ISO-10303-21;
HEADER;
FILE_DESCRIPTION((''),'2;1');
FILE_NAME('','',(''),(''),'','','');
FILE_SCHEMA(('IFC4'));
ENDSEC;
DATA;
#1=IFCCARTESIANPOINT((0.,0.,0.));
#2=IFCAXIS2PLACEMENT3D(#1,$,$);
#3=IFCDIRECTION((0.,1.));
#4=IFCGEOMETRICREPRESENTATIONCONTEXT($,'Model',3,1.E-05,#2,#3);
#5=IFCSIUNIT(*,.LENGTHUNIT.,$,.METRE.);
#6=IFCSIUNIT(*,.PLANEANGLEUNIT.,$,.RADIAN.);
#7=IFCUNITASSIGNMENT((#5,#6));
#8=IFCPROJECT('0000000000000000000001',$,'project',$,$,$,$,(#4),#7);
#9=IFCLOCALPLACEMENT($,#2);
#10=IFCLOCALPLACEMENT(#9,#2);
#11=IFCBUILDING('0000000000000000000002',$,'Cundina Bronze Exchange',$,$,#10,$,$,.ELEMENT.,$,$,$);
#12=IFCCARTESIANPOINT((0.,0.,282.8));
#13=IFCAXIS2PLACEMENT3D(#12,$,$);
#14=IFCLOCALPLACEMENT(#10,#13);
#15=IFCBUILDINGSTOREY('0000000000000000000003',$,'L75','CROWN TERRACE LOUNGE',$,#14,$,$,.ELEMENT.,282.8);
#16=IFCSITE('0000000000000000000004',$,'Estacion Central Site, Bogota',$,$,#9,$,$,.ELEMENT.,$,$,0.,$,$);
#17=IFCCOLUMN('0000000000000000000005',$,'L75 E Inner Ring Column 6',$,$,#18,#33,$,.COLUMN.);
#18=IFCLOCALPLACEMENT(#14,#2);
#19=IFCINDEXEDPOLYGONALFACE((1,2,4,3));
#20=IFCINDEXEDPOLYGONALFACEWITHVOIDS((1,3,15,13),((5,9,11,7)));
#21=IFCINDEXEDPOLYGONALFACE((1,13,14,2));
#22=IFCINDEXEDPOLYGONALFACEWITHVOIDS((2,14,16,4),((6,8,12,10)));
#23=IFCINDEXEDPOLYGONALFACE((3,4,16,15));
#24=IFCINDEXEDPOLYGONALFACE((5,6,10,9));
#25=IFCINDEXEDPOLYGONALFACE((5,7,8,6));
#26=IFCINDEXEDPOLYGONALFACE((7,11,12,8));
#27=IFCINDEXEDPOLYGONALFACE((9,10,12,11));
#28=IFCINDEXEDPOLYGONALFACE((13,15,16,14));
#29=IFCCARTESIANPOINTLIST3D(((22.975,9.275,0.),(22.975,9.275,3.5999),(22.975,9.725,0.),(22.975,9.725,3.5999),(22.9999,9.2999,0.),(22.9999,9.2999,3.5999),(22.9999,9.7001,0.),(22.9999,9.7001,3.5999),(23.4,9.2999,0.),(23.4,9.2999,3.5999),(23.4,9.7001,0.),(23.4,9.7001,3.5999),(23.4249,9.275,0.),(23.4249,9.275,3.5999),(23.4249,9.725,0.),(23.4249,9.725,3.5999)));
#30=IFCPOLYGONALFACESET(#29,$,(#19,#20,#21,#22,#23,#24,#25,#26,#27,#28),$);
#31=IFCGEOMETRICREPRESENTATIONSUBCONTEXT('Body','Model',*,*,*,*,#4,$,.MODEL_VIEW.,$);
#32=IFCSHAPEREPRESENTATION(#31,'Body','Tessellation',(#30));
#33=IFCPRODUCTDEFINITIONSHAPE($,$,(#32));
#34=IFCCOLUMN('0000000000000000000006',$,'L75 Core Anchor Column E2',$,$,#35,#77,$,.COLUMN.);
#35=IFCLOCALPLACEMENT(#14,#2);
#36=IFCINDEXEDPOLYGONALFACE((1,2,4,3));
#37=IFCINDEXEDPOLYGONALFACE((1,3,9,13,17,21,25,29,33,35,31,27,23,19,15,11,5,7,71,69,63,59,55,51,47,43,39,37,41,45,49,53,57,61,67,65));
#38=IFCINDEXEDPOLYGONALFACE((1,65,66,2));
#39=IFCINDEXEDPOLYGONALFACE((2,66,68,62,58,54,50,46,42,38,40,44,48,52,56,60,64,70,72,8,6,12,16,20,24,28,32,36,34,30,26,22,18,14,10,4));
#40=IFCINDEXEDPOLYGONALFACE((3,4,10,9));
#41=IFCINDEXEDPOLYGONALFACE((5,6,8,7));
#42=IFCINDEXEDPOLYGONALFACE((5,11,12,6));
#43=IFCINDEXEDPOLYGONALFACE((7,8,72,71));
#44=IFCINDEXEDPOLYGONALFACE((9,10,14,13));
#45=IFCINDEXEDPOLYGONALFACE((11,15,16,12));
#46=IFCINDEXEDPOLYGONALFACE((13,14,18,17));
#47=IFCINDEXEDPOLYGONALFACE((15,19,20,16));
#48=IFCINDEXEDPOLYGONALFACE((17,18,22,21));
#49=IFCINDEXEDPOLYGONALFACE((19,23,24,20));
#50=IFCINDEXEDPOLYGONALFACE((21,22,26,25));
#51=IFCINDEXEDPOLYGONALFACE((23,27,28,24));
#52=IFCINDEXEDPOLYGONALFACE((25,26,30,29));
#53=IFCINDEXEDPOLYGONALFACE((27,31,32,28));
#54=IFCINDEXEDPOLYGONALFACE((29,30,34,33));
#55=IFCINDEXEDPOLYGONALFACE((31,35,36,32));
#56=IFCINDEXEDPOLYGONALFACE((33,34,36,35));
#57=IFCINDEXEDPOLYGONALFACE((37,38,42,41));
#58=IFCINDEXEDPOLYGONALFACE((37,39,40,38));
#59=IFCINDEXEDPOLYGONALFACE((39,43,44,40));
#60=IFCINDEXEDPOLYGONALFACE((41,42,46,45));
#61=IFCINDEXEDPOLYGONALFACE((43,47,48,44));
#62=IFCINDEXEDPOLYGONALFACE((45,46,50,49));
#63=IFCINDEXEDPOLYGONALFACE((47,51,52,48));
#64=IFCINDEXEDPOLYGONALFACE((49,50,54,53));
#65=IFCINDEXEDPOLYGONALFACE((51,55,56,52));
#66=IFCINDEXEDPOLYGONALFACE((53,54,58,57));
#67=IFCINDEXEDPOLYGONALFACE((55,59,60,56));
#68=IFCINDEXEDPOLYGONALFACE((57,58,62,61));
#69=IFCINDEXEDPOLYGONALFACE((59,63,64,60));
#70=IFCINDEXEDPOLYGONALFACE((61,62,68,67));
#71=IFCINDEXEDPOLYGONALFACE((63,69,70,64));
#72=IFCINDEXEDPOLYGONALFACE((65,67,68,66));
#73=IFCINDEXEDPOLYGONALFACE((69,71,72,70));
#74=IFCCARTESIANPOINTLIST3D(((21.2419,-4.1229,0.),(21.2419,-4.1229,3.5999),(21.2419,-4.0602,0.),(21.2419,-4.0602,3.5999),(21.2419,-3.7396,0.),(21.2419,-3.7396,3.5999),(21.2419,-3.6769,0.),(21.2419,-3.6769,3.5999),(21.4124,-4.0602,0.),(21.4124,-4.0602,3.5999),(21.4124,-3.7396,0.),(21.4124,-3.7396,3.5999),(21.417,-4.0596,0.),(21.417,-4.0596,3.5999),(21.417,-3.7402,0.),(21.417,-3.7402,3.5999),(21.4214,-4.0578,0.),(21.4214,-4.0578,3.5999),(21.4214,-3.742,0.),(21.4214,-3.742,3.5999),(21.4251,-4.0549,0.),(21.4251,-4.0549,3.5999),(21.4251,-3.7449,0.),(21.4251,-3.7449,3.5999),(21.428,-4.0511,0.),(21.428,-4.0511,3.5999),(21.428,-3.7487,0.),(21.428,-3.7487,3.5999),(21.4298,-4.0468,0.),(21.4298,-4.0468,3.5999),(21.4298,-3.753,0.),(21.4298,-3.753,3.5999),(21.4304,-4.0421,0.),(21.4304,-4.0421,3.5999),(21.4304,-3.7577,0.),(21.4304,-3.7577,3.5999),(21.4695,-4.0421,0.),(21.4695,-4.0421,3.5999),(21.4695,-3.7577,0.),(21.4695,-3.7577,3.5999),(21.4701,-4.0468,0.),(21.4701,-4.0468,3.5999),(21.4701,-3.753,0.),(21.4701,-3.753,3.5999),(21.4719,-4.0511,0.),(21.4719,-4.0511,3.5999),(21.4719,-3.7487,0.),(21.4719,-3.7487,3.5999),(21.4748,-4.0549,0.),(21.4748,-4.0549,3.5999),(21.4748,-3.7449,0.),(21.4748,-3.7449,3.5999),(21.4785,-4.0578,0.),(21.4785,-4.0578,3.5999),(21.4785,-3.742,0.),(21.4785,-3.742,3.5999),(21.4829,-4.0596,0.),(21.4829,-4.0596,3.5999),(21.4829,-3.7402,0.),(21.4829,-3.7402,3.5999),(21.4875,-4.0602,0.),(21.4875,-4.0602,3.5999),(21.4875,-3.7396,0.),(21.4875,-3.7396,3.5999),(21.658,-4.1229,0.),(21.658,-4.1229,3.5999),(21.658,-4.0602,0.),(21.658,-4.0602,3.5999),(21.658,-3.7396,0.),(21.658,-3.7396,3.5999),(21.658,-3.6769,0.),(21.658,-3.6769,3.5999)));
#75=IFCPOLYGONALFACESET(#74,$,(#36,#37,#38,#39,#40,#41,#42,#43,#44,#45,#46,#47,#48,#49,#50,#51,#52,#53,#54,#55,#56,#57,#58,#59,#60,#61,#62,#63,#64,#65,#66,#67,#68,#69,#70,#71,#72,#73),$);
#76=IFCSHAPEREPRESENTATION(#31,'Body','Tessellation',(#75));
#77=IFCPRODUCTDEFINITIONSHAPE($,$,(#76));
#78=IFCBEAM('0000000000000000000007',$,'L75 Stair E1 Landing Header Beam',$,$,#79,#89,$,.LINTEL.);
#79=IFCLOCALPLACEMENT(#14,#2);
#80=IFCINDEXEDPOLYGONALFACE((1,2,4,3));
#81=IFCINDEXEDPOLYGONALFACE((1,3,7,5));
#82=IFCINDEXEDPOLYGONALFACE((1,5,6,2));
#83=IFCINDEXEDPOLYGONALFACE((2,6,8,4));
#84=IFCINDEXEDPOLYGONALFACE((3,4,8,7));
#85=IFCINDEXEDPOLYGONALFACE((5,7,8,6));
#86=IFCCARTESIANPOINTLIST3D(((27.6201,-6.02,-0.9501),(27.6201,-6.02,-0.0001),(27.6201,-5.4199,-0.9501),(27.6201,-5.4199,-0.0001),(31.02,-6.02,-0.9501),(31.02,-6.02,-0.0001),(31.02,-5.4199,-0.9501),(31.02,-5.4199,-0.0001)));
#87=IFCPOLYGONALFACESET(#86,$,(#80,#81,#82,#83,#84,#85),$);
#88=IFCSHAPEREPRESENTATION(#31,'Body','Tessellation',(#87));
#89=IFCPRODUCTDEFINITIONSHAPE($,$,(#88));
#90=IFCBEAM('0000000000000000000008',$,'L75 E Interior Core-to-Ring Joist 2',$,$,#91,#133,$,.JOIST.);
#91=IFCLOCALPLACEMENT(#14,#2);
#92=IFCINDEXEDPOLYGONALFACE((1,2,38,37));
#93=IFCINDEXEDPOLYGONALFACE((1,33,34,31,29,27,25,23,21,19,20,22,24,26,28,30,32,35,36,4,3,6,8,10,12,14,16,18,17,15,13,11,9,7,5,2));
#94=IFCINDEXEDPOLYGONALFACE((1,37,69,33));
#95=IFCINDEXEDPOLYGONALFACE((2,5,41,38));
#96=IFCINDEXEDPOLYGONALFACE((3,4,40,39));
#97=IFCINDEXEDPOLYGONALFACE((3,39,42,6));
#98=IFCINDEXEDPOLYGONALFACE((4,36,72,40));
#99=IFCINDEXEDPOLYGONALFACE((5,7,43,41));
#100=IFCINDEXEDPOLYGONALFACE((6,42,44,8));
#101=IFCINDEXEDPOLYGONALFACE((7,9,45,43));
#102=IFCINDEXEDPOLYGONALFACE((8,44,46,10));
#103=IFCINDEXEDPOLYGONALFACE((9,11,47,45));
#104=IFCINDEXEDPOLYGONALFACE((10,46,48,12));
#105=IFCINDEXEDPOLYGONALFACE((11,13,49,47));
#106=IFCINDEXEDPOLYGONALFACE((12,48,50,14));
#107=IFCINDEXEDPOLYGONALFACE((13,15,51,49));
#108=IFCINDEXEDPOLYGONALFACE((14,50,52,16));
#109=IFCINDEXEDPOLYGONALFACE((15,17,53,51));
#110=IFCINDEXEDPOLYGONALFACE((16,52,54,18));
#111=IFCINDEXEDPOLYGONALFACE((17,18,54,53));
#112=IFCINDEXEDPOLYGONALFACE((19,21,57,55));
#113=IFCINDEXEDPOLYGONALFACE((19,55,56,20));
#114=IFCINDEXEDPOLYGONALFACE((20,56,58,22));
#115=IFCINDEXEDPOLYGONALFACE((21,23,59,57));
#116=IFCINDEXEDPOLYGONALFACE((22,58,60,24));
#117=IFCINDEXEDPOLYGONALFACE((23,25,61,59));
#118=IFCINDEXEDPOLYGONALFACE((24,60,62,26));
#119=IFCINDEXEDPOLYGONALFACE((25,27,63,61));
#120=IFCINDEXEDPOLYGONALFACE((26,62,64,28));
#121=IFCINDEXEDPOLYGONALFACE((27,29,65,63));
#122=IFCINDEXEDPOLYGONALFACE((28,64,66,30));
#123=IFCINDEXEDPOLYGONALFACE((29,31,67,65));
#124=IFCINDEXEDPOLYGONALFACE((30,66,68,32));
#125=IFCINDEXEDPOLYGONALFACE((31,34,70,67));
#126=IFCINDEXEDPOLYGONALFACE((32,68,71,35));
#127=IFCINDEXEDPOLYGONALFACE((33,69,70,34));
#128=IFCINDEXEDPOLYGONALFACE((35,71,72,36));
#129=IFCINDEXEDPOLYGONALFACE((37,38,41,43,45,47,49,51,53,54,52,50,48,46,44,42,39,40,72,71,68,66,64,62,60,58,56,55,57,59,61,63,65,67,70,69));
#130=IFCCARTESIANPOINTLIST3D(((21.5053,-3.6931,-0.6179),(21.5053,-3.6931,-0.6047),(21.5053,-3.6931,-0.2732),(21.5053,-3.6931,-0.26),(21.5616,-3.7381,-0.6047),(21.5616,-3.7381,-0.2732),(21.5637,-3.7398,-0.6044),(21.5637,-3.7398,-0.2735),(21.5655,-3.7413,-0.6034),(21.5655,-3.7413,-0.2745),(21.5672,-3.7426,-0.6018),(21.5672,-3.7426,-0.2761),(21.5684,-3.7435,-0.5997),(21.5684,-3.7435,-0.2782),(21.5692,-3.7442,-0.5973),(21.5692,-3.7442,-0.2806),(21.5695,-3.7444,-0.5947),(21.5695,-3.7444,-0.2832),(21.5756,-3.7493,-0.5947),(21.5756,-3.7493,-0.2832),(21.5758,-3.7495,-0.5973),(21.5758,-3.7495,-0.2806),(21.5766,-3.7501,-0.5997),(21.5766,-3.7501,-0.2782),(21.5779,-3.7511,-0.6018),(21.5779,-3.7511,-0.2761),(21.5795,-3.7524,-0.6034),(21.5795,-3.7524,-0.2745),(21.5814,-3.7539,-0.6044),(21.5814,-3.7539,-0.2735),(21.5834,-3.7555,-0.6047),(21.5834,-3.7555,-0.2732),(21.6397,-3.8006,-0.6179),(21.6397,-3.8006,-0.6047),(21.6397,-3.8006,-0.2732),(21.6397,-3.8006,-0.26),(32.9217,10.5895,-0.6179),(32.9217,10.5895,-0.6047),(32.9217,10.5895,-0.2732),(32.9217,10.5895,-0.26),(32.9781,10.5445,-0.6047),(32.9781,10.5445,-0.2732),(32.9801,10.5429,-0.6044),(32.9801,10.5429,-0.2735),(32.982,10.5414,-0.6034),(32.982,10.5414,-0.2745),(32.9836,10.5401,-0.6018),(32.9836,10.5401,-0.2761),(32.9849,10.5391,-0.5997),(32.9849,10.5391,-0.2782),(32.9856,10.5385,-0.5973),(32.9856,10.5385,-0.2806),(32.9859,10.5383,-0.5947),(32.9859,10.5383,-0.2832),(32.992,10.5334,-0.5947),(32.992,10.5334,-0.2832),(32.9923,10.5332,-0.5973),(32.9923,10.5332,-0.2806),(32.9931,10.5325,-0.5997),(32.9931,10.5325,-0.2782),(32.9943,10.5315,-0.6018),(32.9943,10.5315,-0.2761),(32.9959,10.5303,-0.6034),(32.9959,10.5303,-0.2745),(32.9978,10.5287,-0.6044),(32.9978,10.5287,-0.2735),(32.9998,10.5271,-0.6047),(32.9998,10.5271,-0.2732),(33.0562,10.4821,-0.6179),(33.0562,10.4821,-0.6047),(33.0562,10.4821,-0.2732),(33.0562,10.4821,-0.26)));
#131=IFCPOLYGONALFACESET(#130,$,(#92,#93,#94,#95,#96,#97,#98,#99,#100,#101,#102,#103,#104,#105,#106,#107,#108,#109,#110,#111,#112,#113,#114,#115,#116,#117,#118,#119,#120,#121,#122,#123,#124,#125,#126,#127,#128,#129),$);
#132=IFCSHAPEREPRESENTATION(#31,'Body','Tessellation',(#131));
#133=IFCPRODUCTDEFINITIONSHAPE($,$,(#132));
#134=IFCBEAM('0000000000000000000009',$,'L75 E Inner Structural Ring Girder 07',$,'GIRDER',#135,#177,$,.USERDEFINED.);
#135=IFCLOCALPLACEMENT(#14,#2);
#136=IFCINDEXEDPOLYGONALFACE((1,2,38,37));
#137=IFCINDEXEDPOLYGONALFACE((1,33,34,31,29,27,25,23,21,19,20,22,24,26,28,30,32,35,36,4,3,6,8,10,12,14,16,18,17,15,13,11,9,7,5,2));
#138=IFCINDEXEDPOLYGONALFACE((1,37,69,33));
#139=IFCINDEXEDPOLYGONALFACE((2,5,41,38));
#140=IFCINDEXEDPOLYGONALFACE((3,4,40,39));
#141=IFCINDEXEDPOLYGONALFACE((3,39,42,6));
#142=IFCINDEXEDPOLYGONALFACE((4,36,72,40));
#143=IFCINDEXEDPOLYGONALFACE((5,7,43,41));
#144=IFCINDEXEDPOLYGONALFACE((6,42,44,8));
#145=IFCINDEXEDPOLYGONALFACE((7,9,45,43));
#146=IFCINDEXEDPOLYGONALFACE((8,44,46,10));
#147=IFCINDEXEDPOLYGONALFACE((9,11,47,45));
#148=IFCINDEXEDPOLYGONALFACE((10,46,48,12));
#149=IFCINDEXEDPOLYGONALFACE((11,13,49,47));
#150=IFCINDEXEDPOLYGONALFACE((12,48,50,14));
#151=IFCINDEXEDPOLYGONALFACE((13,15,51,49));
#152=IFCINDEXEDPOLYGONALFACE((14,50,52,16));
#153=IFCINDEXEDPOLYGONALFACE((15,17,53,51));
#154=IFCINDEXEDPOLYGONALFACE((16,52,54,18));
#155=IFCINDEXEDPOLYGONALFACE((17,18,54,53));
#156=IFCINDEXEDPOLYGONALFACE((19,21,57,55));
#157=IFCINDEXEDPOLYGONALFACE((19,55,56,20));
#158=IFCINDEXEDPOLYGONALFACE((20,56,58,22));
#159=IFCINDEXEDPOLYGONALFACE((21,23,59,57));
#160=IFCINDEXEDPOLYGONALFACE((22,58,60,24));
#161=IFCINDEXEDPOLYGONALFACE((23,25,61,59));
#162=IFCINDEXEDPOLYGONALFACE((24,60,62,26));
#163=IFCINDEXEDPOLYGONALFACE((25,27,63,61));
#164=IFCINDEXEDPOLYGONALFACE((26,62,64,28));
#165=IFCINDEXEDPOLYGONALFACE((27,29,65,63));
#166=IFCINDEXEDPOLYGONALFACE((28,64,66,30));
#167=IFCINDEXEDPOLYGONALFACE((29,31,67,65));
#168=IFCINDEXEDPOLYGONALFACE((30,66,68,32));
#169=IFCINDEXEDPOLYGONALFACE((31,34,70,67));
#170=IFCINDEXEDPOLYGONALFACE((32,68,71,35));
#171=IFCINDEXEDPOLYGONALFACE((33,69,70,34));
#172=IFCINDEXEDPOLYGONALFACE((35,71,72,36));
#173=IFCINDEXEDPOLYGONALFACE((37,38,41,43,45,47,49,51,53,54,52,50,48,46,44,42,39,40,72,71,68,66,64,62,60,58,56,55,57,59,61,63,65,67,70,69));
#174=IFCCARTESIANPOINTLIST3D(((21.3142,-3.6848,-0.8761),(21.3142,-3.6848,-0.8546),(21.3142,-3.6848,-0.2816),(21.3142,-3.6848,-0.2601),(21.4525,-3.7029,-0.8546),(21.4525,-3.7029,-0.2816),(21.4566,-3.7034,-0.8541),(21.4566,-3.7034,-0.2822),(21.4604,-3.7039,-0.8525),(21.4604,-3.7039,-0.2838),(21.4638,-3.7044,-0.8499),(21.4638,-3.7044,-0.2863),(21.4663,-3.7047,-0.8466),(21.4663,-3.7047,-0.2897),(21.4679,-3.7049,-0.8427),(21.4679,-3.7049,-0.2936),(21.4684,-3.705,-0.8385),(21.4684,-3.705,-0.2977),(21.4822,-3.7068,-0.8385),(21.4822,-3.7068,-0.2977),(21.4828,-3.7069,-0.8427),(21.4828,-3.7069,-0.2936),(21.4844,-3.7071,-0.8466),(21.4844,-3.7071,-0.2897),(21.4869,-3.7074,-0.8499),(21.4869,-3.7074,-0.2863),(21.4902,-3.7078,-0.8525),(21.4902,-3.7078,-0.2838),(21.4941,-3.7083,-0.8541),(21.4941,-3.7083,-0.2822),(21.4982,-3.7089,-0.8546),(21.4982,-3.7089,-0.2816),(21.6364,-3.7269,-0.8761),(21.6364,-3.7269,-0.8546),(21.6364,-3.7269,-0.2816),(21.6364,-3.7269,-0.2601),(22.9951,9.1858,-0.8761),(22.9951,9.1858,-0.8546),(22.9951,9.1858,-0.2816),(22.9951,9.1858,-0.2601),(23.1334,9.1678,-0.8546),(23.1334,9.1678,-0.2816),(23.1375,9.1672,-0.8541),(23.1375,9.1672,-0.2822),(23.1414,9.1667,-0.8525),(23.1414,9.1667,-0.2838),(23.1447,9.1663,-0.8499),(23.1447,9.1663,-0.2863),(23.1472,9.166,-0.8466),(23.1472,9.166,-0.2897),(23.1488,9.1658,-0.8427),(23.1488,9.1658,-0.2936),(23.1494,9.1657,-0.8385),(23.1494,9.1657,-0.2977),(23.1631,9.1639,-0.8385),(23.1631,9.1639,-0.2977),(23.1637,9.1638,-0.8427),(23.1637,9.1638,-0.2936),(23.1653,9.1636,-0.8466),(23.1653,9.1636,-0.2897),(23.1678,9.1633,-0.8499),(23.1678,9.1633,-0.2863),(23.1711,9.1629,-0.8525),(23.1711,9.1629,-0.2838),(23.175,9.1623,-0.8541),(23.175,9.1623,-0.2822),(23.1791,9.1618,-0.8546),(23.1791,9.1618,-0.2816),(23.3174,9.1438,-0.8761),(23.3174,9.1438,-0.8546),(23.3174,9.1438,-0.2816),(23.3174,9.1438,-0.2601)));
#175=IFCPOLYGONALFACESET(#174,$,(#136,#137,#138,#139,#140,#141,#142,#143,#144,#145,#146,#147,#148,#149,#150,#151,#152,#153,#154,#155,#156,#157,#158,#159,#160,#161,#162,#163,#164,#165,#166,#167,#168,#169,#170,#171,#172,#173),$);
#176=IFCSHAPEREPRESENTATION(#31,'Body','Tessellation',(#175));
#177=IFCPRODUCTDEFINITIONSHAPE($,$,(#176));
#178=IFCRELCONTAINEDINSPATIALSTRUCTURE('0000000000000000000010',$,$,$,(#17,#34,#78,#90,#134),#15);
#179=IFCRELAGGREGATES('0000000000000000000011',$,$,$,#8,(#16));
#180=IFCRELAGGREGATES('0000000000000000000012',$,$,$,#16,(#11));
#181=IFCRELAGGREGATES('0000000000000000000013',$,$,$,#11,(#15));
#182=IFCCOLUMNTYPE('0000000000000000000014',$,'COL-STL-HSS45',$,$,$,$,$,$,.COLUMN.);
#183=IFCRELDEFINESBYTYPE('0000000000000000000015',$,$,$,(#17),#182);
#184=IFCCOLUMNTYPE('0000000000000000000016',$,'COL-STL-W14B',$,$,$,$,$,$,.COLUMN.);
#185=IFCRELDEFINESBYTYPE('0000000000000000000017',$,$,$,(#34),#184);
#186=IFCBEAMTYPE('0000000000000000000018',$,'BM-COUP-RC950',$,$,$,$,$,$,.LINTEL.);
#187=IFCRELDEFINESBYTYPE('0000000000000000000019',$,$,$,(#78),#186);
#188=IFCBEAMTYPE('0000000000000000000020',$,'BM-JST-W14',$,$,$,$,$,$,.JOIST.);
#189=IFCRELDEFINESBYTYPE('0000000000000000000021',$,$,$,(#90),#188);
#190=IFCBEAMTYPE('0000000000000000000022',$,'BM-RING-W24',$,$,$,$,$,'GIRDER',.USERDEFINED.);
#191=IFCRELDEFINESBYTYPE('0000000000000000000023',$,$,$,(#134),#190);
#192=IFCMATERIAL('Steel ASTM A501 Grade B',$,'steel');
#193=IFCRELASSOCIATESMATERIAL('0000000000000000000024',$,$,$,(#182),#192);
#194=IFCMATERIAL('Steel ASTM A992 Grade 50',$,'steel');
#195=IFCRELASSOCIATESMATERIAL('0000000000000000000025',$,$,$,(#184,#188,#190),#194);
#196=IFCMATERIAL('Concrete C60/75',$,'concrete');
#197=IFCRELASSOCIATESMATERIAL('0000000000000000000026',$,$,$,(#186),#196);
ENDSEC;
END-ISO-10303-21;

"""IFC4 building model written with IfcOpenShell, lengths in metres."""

from ifc_helpers import new_model, si_unit, direction, frame, origin, origin_2d, place, context, subcontext, project, spatial, rectangle, hollow_rectangle, i_section, extrude, material, material_profile, profile_set, type_object, element, save


model = new_model("IFC4")

# Units and contexts
model_context = context("Model", 3, precision=1e-05, world=origin(), true_north=direction((0.0, 1.0)))
body_context = subcontext(model_context, "Body", "Model", "MODEL_VIEW")
ifc_project = project(units=[si_unit("LENGTHUNIT", "METRE"), si_unit("PLANEANGLEUNIT", "RADIAN")], contexts=[model_context])

# Site, building, storey
site_placement = place(None, origin())
site = spatial("IfcSite", under=ifc_project, at=site_placement, Name="Estacion Central Site, Bogota", CompositionType="ELEMENT", RefElevation=0.0)
building_placement = place(site_placement, origin())
building = spatial("IfcBuilding", under=site, at=building_placement, Name="Cundina Bronze Exchange", CompositionType="ELEMENT")
storey_placement = place(building_placement, frame((0.0, 0.0, 282.8)))
storey = spatial("IfcBuildingStorey", under=building, at=storey_placement, Name="L75", Description="CROWN TERRACE LOUNGE", CompositionType="ELEMENT", Elevation=282.8)

# Columns
ifc_material_1 = material(Name="Steel ASTM A501 Grade B", Category="steel")
ifc_material_profile_1 = material_profile(ifc_material_1, hollow_rectangle(XDim=0.45, YDim=0.45, WallThickness=0.0249, at=origin_2d()), Name="HSS450X450X25", Category="steel")
ifc_profile_set_1 = profile_set([ifc_material_profile_1], Name="Steel ASTM A501 Grade B")
column_type_1 = type_object("IfcColumnType", Name="COL-STL-HSS45", PredefinedType="COLUMN", material=ifc_profile_set_1)
column_1_placement = place(storey_placement, frame((23.2, 9.5, 0.0), z_axis=(0.0, 0.0, 1.0), x_axis=(1.0, 0.0, 0.0)))
element("IfcColumn", 1, at=column_1_placement, inside=storey, type_object=column_type_1, Name="L75 E Inner Ring Column 6", PredefinedType="COLUMN", context=body_context, shape_type="SweptSolid", body=[
    extrude(hollow_rectangle(XDim=0.45, YDim=0.45, WallThickness=0.0249, at=origin_2d()), origin(), (0.0, 0.0, 1.0), 3.5999),
])
ifc_material_2 = material(Name="Steel ASTM A992 Grade 50", Category="steel")
ifc_material_profile_2 = material_profile(ifc_material_2, i_section(OverallWidth=0.416, OverallDepth=0.446, WebThickness=0.0391, FlangeThickness=0.0627, FilletRadius=0.0181, at=origin_2d()), Name="W14X342", Category="steel")
ifc_profile_set_2 = profile_set([ifc_material_profile_2], Name="Steel ASTM A992 Grade 50")
column_type_2 = type_object("IfcColumnType", Name="COL-STL-W14B", PredefinedType="COLUMN", material=ifc_profile_set_2)
column_2_placement = place(storey_placement, frame((21.45, -3.8999, 0.0), z_axis=(0.0, 0.0, 1.0), x_axis=(1.0, 0.0, 0.0)))
element("IfcColumn", 2, at=column_2_placement, inside=storey, type_object=column_type_2, Name="L75 Core Anchor Column E2", PredefinedType="COLUMN", context=body_context, shape_type="SweptSolid", body=[
    extrude(i_section(OverallWidth=0.416, OverallDepth=0.446, WebThickness=0.0391, FlangeThickness=0.0627, FilletRadius=0.0181, at=origin_2d()), origin(), (0.0, 0.0, 1.0), 3.5999),
])

# Beams
ifc_material_3 = material(Name="Concrete C60/75", Category="concrete")
ifc_material_profile_3 = material_profile(ifc_material_3, rectangle(XDim=0.6001, YDim=0.95, at=origin_2d()), Name="RC600X950", Category="concrete")
ifc_profile_set_3 = profile_set([ifc_material_profile_3], Name="Concrete C60/75")
beam_type_1 = type_object("IfcBeamType", Name="BM-COUP-RC950", PredefinedType="LINTEL", material=ifc_profile_set_3)
beam_1_placement = place(storey_placement, frame((27.6201, -5.72, -0.4751), z_axis=(1.0, 0.0, 0.0), x_axis=(0.0, 1.0, 0.0)))
element("IfcBeam", 3, at=beam_1_placement, inside=storey, type_object=beam_type_1, Name="L75 Stair E1 Landing Header Beam", PredefinedType="LINTEL", context=body_context, shape_type="SweptSolid", body=[
    extrude(rectangle(XDim=0.6001, YDim=0.95, at=origin_2d()), origin(), (0.0, 0.0, 1.0), 3.3999),
])
ifc_material_profile_4 = material_profile(ifc_material_2, i_section(OverallWidth=0.1721, OverallDepth=0.3579, WebThickness=0.0078, FlangeThickness=0.0132, FilletRadius=0.01, at=origin_2d()), Name="W14X38", Category="steel")
ifc_profile_set_4 = profile_set([ifc_material_profile_4], Name="Steel ASTM A992 Grade 50")
beam_type_2 = type_object("IfcBeamType", Name="BM-JST-W14", PredefinedType="JOIST", material=ifc_profile_set_4)
beam_2_placement = place(storey_placement, frame((21.5725, -3.7468, -0.439), z_axis=(0.624373, 0.781127, 0.0), x_axis=(-0.781127, 0.624373, 0.0)))
element("IfcBeam", 4, at=beam_2_placement, inside=storey, type_object=beam_type_2, Name="L75 E Interior Core-to-Ring Joist 2", PredefinedType="JOIST", context=body_context, shape_type="SweptSolid", body=[
    extrude(i_section(OverallWidth=0.1721, OverallDepth=0.3579, WebThickness=0.0078, FlangeThickness=0.0132, FilletRadius=0.01, at=origin_2d()), origin(), (0.0, 0.0, 1.0), 18.2847),
])
ifc_material_profile_5 = material_profile(ifc_material_2, i_section(OverallWidth=0.325, OverallDepth=0.616, WebThickness=0.0139, FlangeThickness=0.0215, FilletRadius=0.0161, at=origin_2d()), Name="W24X117", Category="steel")
ifc_profile_set_5 = profile_set([ifc_material_profile_5], Name="Steel ASTM A992 Grade 50")
beam_type_3 = type_object("IfcBeamType", Name="BM-RING-W24", ElementType="GIRDER", PredefinedType="USERDEFINED", material=ifc_profile_set_5)
beam_3_placement = place(storey_placement, frame((23.1562, 9.1648, -0.5681), z_axis=(-0.129501, -0.991579, 0.0), x_axis=(0.991579, -0.129501, 0.0)))
element("IfcBeam", 5, at=beam_3_placement, inside=storey, type_object=beam_type_3, Name="L75 E Inner Structural Ring Girder 07", ObjectType="GIRDER", PredefinedType="USERDEFINED", context=body_context, shape_type="SweptSolid", body=[
    extrude(i_section(OverallWidth=0.325, OverallDepth=0.616, WebThickness=0.0139, FlangeThickness=0.0215, FilletRadius=0.0161, at=origin_2d()), origin(), (0.0, 0.0, 1.0), 12.98),
])

save(model, "model.ifc")
